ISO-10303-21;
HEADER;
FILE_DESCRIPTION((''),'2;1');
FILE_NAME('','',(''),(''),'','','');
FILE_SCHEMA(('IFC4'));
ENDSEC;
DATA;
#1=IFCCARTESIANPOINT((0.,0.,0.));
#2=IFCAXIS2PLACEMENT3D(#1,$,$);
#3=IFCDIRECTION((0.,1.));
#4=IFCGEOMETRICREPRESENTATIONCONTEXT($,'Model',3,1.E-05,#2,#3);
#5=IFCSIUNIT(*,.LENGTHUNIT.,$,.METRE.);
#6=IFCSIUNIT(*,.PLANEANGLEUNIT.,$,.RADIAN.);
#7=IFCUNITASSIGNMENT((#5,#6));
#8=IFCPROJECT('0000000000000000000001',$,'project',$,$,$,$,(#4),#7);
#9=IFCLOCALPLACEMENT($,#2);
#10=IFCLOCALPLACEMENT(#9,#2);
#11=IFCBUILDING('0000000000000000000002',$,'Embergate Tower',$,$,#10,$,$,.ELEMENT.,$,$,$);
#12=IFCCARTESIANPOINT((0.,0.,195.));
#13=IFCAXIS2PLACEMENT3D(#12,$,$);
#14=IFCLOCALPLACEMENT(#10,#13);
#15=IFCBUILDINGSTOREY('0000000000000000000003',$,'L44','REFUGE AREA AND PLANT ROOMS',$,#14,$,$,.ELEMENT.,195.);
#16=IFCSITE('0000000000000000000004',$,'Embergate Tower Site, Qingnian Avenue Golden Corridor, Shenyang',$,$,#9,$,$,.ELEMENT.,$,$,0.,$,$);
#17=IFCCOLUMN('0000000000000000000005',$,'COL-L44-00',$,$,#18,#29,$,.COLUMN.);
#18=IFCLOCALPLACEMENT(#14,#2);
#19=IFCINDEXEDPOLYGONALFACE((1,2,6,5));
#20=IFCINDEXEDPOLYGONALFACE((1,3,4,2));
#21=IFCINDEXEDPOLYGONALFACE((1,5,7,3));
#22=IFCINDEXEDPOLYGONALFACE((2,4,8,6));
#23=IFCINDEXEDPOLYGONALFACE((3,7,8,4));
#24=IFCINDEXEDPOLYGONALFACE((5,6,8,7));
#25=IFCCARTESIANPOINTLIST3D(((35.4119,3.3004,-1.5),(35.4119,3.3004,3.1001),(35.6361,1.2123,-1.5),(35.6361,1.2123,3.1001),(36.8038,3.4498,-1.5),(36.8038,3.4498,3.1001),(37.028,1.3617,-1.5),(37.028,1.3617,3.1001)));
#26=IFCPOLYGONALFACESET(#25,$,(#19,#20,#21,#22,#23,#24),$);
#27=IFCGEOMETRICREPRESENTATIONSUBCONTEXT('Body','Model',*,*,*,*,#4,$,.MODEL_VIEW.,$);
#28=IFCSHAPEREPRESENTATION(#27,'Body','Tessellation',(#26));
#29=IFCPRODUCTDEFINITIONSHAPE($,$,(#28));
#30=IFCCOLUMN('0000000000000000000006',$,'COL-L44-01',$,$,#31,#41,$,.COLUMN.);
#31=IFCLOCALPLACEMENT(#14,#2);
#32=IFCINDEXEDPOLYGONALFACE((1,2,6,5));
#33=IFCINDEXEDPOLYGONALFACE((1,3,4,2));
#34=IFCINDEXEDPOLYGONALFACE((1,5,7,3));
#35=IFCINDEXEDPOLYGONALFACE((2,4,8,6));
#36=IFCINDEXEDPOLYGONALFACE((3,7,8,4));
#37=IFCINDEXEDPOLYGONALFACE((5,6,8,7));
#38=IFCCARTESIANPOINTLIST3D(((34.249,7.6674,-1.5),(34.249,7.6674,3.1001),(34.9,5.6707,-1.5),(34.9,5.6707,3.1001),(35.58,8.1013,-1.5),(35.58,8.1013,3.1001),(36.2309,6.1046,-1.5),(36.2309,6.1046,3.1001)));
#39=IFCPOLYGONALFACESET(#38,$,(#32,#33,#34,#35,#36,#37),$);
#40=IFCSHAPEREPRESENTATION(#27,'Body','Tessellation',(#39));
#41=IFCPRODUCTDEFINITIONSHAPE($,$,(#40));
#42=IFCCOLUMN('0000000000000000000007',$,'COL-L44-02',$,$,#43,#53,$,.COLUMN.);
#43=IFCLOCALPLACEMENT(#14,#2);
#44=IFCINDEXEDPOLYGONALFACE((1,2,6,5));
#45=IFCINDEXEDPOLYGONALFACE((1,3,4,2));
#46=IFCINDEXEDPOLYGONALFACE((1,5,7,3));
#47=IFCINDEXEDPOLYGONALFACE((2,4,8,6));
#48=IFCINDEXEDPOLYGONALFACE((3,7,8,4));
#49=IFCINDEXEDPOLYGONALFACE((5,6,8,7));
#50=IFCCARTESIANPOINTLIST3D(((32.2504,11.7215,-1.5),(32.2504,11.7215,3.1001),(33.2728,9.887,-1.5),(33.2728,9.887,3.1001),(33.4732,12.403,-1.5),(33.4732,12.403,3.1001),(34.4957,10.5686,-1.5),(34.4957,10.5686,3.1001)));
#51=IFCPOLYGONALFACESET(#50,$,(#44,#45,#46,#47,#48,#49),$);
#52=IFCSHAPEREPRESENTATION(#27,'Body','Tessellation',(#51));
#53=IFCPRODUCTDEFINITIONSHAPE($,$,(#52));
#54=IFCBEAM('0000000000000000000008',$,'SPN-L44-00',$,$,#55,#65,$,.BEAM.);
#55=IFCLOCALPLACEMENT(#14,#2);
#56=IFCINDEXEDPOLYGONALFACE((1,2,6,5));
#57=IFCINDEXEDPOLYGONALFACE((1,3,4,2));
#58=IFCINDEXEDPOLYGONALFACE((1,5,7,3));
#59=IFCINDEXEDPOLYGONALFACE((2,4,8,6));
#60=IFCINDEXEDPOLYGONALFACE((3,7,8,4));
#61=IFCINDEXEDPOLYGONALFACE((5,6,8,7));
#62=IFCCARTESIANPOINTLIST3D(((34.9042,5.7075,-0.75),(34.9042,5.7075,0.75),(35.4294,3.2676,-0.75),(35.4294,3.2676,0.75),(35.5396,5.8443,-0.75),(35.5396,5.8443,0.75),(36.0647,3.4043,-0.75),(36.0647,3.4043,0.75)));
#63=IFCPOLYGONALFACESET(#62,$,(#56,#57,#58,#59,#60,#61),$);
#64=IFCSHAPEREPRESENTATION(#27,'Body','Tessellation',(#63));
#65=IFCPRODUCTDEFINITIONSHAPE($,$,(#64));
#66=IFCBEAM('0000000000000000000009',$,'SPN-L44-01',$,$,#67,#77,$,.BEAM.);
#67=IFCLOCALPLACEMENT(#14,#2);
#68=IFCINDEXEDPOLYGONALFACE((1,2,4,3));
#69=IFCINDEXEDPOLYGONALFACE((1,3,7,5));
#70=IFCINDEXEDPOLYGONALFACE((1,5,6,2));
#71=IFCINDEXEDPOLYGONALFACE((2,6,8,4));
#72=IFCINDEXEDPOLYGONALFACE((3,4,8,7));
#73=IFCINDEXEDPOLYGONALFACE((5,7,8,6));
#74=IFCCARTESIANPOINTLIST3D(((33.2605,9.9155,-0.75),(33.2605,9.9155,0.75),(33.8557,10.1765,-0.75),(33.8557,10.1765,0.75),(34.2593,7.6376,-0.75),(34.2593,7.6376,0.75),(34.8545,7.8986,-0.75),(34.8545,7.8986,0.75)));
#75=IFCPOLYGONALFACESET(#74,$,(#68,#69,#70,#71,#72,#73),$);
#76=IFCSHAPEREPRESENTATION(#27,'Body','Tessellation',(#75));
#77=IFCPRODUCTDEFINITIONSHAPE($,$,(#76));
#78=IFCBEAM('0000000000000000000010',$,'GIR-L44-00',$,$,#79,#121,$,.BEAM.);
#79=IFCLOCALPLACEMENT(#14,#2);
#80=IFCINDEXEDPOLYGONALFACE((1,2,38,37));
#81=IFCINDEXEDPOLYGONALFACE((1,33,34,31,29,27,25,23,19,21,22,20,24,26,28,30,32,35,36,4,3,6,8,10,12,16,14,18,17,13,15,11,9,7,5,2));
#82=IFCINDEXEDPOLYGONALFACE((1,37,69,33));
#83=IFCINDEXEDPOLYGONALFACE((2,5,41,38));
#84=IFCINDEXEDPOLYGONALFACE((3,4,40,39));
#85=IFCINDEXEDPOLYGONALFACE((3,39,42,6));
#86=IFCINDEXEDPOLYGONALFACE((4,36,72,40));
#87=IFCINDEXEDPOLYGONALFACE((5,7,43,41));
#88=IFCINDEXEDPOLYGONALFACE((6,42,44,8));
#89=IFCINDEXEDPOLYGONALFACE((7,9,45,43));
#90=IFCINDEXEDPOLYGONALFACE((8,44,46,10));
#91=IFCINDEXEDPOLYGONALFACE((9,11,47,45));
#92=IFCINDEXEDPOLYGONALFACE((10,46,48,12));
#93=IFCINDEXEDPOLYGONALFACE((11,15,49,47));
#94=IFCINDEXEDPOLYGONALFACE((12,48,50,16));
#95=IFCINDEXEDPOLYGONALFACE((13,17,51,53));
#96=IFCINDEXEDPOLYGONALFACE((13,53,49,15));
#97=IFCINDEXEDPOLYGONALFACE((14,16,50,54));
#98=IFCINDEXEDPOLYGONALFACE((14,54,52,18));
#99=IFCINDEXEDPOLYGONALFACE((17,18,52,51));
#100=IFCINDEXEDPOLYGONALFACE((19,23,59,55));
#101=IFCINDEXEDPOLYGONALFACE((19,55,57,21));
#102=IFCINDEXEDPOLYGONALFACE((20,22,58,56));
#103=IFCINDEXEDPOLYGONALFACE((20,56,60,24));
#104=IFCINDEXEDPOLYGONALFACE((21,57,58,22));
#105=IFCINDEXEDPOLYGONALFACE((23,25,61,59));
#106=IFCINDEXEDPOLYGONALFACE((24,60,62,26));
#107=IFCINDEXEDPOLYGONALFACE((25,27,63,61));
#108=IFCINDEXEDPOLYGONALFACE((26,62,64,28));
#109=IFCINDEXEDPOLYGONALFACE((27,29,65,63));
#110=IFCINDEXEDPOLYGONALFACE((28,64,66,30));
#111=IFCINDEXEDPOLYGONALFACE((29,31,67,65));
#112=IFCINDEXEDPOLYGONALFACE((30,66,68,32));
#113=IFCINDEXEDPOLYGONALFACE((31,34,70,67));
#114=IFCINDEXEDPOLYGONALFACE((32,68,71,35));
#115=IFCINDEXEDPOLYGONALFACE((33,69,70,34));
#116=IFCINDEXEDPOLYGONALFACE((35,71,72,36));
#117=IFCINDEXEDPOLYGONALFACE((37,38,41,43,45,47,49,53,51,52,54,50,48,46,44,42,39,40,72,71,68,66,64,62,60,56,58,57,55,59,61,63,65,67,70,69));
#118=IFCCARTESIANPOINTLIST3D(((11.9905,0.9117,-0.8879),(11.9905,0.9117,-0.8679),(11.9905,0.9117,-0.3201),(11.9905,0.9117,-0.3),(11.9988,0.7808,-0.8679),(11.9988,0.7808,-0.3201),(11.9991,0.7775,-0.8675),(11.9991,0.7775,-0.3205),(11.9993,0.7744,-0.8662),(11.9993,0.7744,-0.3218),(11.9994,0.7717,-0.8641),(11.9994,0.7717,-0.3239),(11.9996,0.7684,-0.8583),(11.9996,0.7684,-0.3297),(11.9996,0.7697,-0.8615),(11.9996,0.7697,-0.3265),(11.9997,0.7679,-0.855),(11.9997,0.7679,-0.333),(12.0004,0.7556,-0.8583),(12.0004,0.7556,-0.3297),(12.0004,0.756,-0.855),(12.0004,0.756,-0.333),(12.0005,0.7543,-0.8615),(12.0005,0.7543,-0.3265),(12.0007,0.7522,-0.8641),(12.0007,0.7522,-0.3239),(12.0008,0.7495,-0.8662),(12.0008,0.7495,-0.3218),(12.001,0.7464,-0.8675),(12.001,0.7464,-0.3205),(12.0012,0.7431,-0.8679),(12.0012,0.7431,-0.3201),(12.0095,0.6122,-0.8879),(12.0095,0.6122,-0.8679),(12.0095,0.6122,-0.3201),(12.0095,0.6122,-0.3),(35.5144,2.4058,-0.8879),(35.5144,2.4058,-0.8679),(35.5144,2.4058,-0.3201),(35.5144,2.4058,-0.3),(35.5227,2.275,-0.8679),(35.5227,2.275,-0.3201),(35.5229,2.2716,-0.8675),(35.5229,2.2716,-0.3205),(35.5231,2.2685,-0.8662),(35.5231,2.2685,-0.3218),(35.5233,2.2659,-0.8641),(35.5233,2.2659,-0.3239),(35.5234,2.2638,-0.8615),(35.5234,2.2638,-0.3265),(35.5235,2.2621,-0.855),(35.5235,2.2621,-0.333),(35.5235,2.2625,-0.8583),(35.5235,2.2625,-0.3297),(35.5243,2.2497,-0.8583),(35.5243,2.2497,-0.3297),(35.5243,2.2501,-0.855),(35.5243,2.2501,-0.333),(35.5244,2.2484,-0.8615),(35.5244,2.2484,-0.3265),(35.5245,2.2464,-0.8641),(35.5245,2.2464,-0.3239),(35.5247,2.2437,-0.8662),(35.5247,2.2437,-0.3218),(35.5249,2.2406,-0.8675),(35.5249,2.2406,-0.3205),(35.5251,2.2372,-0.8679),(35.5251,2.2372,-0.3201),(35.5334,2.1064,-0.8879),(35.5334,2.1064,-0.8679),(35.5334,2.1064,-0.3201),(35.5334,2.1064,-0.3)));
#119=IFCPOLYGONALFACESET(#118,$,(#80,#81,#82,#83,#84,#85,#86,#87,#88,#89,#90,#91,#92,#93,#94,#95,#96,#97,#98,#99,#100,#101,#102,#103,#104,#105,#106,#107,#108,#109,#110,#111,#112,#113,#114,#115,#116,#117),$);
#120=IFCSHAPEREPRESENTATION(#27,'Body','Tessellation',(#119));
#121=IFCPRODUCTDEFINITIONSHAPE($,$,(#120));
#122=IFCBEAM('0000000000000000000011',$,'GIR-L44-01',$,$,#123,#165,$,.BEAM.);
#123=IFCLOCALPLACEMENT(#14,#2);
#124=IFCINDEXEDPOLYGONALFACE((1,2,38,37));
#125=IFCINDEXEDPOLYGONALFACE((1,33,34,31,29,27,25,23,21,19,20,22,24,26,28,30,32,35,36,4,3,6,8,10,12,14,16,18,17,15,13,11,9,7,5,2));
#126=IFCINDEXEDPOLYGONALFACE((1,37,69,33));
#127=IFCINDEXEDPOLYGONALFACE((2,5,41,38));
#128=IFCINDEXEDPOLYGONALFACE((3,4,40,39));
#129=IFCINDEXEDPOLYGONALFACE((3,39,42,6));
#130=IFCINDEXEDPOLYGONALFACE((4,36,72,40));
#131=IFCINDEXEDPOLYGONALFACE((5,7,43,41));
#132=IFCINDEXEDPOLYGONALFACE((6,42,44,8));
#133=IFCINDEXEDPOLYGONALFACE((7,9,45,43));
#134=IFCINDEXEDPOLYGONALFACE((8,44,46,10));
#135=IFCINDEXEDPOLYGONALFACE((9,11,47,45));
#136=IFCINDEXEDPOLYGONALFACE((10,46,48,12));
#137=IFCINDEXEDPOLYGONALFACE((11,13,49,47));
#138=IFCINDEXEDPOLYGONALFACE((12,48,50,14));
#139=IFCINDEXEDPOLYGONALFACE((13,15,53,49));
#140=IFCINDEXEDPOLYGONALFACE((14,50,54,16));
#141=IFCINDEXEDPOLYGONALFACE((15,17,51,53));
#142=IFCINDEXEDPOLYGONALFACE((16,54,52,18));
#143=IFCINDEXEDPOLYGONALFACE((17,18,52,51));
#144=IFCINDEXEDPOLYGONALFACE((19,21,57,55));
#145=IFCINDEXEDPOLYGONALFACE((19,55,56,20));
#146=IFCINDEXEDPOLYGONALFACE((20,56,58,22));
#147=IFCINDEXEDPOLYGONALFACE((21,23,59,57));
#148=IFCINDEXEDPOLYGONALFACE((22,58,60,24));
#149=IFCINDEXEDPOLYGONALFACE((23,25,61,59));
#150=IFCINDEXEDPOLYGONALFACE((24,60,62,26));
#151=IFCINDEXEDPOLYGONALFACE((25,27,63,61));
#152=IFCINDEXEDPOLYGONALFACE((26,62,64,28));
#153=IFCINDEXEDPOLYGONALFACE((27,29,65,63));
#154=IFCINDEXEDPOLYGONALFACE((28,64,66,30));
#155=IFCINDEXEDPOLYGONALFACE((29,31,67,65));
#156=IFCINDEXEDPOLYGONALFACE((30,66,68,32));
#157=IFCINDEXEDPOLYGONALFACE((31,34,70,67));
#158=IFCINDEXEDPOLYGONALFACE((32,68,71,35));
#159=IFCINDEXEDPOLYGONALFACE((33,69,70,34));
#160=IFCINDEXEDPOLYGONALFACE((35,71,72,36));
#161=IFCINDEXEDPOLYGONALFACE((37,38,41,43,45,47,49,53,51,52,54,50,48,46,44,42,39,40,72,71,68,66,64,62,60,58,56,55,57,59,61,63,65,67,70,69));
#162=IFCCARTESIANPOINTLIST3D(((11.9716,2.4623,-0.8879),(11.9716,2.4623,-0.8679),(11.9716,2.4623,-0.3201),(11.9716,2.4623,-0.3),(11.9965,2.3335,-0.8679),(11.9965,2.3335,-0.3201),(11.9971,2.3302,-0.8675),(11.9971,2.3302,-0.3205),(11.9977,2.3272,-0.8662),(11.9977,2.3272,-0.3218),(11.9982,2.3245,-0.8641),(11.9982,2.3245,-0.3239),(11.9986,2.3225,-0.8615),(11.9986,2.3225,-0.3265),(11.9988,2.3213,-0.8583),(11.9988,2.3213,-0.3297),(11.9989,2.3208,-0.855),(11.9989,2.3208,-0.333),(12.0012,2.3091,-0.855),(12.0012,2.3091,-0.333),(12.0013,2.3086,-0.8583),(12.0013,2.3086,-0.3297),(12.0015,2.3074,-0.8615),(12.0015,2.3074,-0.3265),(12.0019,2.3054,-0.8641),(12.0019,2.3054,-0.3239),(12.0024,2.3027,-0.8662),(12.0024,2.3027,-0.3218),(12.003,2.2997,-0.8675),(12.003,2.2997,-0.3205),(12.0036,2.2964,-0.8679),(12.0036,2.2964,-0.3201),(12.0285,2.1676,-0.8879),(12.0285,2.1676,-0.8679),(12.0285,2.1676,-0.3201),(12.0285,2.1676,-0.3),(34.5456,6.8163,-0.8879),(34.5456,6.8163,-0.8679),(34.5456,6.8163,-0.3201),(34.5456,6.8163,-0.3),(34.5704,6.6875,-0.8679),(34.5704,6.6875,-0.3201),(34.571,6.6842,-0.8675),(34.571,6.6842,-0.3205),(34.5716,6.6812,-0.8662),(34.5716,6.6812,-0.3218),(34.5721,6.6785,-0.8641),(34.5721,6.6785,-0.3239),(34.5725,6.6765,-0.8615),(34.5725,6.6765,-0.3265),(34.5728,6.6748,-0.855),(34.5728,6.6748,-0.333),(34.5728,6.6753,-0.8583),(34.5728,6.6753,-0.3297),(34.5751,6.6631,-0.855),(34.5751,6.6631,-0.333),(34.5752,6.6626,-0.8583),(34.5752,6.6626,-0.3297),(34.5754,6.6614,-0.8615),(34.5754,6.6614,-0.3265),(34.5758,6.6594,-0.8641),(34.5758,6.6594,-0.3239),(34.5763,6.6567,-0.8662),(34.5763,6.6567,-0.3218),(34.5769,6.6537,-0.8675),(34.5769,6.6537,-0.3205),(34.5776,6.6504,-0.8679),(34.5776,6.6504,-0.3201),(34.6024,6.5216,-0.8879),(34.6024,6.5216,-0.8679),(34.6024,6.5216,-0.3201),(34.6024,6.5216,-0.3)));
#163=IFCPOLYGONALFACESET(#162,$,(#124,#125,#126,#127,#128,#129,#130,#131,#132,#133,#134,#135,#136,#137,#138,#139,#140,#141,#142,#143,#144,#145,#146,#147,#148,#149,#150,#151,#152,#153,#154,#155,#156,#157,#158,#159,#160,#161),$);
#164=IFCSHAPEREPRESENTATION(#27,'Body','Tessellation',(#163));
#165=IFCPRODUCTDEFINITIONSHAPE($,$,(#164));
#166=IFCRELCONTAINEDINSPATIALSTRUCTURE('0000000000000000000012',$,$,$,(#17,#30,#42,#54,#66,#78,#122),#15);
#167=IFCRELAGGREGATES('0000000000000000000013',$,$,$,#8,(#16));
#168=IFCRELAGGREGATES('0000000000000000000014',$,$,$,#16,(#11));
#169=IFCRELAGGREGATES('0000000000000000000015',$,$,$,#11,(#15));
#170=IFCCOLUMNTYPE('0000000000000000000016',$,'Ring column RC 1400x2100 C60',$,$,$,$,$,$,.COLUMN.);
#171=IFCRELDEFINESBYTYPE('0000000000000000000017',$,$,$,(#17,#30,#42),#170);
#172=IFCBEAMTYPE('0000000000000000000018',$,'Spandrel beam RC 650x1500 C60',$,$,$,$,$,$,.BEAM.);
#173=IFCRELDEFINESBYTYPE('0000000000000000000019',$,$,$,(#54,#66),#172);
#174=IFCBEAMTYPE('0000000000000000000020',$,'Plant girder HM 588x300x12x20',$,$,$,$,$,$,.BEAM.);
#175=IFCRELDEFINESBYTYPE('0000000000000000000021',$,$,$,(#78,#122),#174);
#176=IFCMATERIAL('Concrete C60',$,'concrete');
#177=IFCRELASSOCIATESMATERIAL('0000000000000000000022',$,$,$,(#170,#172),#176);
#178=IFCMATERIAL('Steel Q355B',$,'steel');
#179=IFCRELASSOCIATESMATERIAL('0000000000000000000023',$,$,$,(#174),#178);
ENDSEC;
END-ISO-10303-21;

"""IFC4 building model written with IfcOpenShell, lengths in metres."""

from ifc_helpers import new_model, si_unit, direction, frame, origin, origin_2d, place, context, subcontext, project, spatial, rectangle, i_section, extrude, source, transform, mapped, material, material_profile, profile_set, type_object, element, save


model = new_model("IFC4")

# Units and contexts
model_context = context("Model", 3, precision=1e-05, world=origin(), true_north=direction((0.0, 1.0)))
body_context = subcontext(model_context, "Body", "Model", "MODEL_VIEW")
ifc_project = project(units=[si_unit("LENGTHUNIT", "METRE"), si_unit("PLANEANGLEUNIT", "RADIAN")], contexts=[model_context])

# Site, building, storey
site_placement = place(None, origin())
site = spatial("IfcSite", under=ifc_project, at=site_placement, Name="Embergate Tower Site, Qingnian Avenue Golden Corridor, Shenyang", CompositionType="ELEMENT", RefElevation=0.0)
building_placement = place(site_placement, origin())
building = spatial("IfcBuilding", under=site, at=building_placement, Name="Embergate Tower", CompositionType="ELEMENT")
storey_placement = place(building_placement, frame((0.0, 0.0, 195.0)))
storey = spatial("IfcBuildingStorey", under=building, at=storey_placement, Name="L44", Description="REFUGE AREA AND PLANT ROOMS", CompositionType="ELEMENT", Elevation=195.0)

# Columns
ifc_material_1 = material(Name="Concrete C60", Category="concrete")
ifc_material_profile_1 = material_profile(ifc_material_1, rectangle(XDim=1.3999, YDim=2.1001, at=origin_2d()), Name="RC 1400x2100")
ifc_profile_set_1 = profile_set([ifc_material_profile_1], Name="Concrete C60")
column_type = type_object("IfcColumnType", Name="Ring column RC 1400x2100 C60", PredefinedType="COLUMN", material=ifc_profile_set_1)
shared_shape_1 = source(origin(), body_context, "Body", "SweptSolid", [
    extrude(rectangle(XDim=1.3999, YDim=2.1001, at=origin_2d()), origin(), (0.0, 0.0, 1.0), 4.6001),
])
for number, where, z_axis, x_axis, name in (
    (1, (36.22, 2.3311, -1.5), (0.0, 0.0, 1.0), (0.994286, 0.10675, 0.0), "COL-L44-00"),
    (2, (35.24, 6.886, -1.5), (0.0, 0.0, 1.0), (0.950754, 0.309946, 0.0), "COL-L44-01"),
    (3, (33.373, 11.145, -1.5), (0.0, 0.0, 1.0), (0.873492, 0.486839, 0.0), "COL-L44-02"),
):
    element("IfcColumn", number, at=place(storey_placement, frame(where, z_axis=z_axis, x_axis=x_axis)), inside=storey, type_object=column_type, Name=name, PredefinedType="COLUMN", context=body_context, shape_type="MappedRepresentation", body=[
        mapped(shared_shape_1, transform((0.0, 0.0, 0.0))),
    ])

# Beams
ifc_material_profile_2 = material_profile(ifc_material_1, rectangle(XDim=0.6499, YDim=1.5, at=origin_2d()), Name="RC 650x1500")
ifc_profile_set_2 = profile_set([ifc_material_profile_2], Name="Concrete C60")
beam_type_1 = type_object("IfcBeamType", Name="Spandrel beam RC 650x1500 C60", PredefinedType="BEAM", material=ifc_profile_set_2)
shared_shape_2 = source(origin(), body_context, "Body", "SweptSolid", [
    extrude(rectangle(XDim=0.6499, YDim=1.5, at=origin_2d()), origin(), (0.0, 0.0, 1.0), 2.4958),
])
beam_1_placement = place(storey_placement, frame((35.7471, 3.3359, 0.0), z_axis=(-0.210411, 0.977613, 0.0), x_axis=(-0.977613, -0.210411, 0.0)))
element("IfcBeam", 4, at=beam_1_placement, inside=storey, type_object=beam_type_1, Name="SPN-L44-00", PredefinedType="BEAM", context=body_context, shape_type="MappedRepresentation", body=[
    mapped(shared_shape_2, transform((0.0, 0.0, 0.0))),
])
shared_shape_3 = source(origin(), body_context, "Body", "SweptSolid", [
    extrude(rectangle(XDim=0.6499, YDim=1.5, at=origin_2d()), origin(), (0.0, 0.0, 1.0), 2.4873),
])
beam_2_placement = place(storey_placement, frame((34.5569, 7.7681, 0.0), z_axis=(-0.401571, 0.915828, 0.0), x_axis=(-0.915828, -0.401571, 0.0)))
element("IfcBeam", 5, at=beam_2_placement, inside=storey, type_object=beam_type_1, Name="SPN-L44-01", PredefinedType="BEAM", context=body_context, shape_type="MappedRepresentation", body=[
    mapped(shared_shape_3, transform((0.0, 0.0, 0.0))),
])
ifc_material_2 = material(Name="Steel Q355B", Category="steel")
ifc_material_profile_3 = material_profile(ifc_material_2, i_section(OverallWidth=0.3, OverallDepth=0.5879, WebThickness=0.012, FlangeThickness=0.02, FilletRadius=0.0129, at=origin_2d()), Name="HM 588x300x12x20")
ifc_profile_set_3 = profile_set([ifc_material_profile_3], Name="Steel Q355 grade B")
beam_type_2 = type_object("IfcBeamType", Name="Plant girder HM 588x300x12x20", PredefinedType="BEAM", material=ifc_profile_set_3)
shared_shape_4 = source(origin(), body_context, "Body", "SweptSolid", [
    extrude(i_section(OverallWidth=0.3, OverallDepth=0.5879, WebThickness=0.012, FlangeThickness=0.02, FilletRadius=0.0129, at=origin_2d()), origin(), (0.0, 0.0, 1.0), 23.5713),
])
beam_3_placement = place(storey_placement, frame((35.5239, 2.2561, -0.594), z_axis=(-0.997989, -0.063388, 0.0), x_axis=(0.063388, -0.997989, 0.0)))
element("IfcBeam", 6, at=beam_3_placement, inside=storey, type_object=beam_type_2, Name="GIR-L44-00", PredefinedType="BEAM", context=body_context, shape_type="MappedRepresentation", body=[
    mapped(shared_shape_4, transform((0.0, 0.0, 0.0))),
])
shared_shape_5 = source(origin(), body_context, "Body", "SweptSolid", [
    extrude(i_section(OverallWidth=0.3, OverallDepth=0.5879, WebThickness=0.012, FlangeThickness=0.02, FilletRadius=0.0129, at=origin_2d()), origin(), (0.0, 0.0, 1.0), 22.99),
])
beam_4_placement = place(storey_placement, frame((34.574, 6.6689, -0.594), z_axis=(-0.981903, -0.189387, 0.0), x_axis=(0.189387, -0.981903, 0.0)))
element("IfcBeam", 7, at=beam_4_placement, inside=storey, type_object=beam_type_2, Name="GIR-L44-01", PredefinedType="BEAM", context=body_context, shape_type="MappedRepresentation", body=[
    mapped(shared_shape_5, transform((0.0, 0.0, 0.0))),
])

save(model, "model.ifc")
